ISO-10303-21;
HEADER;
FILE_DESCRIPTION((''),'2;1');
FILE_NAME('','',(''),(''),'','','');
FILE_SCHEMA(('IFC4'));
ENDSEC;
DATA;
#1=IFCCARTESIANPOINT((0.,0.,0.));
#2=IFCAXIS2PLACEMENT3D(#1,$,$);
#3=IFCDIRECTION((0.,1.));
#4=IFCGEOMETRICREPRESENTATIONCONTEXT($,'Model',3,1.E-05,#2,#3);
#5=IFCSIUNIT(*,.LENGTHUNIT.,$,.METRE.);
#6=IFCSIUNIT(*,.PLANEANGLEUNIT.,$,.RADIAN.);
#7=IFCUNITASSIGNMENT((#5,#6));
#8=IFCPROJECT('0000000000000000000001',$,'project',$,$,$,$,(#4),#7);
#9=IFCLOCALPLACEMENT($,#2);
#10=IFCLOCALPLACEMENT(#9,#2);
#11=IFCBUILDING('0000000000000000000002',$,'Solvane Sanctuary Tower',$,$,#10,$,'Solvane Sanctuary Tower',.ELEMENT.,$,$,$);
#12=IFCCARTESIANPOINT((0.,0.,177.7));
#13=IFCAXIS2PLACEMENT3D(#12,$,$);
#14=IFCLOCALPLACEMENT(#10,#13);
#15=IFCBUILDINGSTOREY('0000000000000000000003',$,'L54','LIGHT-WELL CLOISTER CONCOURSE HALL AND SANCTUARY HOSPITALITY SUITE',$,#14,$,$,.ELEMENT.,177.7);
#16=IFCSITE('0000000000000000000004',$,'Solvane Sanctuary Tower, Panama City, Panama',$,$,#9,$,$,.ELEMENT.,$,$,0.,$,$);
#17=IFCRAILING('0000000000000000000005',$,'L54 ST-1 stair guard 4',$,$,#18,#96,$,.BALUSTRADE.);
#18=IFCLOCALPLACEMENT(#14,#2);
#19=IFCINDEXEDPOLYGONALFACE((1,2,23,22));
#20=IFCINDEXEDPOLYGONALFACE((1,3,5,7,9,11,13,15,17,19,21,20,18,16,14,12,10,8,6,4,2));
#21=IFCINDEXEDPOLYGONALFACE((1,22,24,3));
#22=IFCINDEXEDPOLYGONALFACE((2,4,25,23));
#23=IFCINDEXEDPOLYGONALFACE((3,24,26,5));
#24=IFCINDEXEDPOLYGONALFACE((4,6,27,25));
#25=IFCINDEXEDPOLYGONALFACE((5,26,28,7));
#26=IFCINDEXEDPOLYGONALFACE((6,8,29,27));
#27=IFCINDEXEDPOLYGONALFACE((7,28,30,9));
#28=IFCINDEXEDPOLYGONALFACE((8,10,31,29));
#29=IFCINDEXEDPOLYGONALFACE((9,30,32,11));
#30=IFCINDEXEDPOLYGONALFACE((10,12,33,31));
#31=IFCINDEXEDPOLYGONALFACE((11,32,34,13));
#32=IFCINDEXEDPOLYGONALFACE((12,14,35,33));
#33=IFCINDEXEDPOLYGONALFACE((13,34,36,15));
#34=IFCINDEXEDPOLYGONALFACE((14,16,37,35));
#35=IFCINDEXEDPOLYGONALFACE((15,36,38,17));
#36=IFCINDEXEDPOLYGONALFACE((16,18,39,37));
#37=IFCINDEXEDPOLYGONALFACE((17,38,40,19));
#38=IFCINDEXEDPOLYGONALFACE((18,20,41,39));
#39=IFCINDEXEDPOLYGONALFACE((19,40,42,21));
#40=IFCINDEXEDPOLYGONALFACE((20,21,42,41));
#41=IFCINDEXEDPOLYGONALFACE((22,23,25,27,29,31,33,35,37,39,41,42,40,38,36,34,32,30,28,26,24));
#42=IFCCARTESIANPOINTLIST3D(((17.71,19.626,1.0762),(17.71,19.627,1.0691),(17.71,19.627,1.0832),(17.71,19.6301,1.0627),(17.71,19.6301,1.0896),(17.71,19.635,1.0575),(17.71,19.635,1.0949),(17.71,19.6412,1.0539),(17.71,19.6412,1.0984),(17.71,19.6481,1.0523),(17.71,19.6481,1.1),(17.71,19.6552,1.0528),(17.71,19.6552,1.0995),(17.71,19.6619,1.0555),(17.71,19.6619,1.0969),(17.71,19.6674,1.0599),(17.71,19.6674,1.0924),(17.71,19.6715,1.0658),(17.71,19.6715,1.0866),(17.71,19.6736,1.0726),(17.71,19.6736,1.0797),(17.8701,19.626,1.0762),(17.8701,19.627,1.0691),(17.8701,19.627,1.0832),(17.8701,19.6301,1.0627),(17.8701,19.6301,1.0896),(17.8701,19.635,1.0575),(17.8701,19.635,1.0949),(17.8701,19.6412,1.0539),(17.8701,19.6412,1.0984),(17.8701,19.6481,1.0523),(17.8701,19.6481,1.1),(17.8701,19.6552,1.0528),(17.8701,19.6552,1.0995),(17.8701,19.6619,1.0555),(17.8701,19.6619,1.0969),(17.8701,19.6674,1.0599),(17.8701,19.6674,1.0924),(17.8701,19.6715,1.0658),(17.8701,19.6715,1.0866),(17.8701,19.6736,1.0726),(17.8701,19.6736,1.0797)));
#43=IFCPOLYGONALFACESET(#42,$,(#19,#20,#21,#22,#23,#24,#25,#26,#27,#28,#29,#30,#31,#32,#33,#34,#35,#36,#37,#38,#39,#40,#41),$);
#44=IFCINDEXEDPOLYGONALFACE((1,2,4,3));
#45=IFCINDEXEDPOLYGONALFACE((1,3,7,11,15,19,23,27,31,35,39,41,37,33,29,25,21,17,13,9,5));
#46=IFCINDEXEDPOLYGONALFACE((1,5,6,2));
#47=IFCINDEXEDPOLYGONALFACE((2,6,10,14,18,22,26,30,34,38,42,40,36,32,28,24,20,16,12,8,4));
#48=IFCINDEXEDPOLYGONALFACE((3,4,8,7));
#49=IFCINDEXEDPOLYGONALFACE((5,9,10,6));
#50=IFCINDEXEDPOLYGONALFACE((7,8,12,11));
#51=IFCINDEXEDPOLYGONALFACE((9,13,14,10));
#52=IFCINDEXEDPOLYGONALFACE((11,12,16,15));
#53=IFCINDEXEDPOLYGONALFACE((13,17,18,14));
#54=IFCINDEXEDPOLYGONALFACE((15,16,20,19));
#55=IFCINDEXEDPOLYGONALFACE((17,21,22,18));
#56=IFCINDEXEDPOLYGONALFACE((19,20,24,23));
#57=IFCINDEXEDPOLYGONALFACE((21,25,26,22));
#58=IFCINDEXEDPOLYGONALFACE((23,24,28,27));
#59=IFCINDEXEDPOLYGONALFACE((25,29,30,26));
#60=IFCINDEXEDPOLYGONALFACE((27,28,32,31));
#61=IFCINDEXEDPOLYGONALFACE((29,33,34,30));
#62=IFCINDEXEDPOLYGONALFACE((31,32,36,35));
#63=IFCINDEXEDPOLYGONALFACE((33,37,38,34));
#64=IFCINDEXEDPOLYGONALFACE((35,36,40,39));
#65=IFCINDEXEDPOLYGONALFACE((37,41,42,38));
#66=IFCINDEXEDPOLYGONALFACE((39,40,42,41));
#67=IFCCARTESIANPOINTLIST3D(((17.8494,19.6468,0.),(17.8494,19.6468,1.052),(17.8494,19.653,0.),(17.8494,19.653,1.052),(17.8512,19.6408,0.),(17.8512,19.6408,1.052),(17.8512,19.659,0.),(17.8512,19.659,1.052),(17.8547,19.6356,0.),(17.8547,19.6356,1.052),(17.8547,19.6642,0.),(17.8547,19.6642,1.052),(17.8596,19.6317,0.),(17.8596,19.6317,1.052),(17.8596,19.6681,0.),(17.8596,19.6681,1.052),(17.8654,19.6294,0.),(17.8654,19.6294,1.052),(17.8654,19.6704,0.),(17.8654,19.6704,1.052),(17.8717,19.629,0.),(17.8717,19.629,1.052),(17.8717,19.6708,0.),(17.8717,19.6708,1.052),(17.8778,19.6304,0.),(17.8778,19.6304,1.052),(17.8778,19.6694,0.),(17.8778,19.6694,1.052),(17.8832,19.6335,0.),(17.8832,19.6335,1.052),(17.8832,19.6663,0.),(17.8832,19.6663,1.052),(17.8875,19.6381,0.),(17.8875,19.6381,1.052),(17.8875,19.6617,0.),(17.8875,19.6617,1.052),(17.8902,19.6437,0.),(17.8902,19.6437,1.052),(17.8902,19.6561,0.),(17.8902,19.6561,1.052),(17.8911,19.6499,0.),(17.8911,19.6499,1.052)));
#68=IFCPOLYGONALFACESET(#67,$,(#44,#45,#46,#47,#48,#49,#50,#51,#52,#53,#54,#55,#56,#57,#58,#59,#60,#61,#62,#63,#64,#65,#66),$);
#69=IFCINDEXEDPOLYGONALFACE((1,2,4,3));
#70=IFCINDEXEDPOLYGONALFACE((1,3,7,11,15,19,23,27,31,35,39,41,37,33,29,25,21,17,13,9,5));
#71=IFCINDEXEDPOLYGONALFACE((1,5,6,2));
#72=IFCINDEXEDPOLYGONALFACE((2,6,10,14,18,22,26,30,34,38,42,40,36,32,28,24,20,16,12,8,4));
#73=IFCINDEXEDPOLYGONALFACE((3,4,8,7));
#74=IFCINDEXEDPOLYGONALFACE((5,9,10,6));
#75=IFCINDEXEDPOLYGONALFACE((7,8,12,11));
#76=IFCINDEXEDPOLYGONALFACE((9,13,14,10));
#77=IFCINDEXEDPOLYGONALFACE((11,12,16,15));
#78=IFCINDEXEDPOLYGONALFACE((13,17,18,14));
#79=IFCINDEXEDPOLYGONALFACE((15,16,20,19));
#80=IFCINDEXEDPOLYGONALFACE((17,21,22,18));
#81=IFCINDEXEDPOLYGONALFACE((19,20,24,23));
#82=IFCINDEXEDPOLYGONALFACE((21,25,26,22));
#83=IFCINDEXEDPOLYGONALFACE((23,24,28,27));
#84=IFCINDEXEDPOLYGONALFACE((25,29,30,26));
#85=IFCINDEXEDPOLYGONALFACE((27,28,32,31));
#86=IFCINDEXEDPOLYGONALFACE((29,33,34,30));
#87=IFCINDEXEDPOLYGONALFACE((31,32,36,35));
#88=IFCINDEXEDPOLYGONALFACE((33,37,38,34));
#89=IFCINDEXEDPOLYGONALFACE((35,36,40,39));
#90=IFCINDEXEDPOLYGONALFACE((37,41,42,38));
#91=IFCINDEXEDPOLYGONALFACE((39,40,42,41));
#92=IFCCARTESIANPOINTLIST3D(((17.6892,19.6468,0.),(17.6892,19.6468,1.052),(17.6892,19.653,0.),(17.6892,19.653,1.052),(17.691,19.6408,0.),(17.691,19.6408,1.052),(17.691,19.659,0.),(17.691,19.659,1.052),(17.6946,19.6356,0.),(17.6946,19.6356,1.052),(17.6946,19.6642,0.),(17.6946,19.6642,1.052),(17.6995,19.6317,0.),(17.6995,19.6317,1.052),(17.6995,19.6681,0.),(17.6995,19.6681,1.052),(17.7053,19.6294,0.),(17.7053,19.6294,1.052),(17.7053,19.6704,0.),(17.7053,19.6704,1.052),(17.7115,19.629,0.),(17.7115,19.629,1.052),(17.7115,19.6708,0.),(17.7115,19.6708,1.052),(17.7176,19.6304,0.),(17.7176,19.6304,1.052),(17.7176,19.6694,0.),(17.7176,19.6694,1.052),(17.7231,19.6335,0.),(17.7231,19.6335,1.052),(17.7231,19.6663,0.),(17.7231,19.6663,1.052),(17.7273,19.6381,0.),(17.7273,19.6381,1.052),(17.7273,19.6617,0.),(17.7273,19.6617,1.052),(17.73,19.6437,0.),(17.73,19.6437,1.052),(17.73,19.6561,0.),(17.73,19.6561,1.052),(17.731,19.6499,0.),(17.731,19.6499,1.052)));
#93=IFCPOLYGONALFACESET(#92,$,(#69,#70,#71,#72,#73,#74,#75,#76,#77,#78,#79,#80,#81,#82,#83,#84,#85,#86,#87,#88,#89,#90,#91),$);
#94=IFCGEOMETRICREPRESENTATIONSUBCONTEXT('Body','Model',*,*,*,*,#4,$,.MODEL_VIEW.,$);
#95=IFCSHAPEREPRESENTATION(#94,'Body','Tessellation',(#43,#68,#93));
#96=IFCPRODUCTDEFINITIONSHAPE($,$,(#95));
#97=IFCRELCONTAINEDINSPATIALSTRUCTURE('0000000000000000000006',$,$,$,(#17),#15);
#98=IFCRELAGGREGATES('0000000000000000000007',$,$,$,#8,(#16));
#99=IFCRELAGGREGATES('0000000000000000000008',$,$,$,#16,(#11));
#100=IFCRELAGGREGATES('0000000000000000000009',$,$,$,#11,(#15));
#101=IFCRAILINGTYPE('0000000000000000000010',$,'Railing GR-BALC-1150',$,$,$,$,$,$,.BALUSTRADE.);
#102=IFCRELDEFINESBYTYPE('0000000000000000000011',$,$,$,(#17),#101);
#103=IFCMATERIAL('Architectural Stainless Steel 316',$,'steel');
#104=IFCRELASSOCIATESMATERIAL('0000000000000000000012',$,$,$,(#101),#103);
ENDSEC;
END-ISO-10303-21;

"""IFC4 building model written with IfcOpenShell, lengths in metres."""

from ifc_helpers import new_model, si_unit, direction, frame, origin, origin_2d, place, context, subcontext, project, spatial, circle, extrude, material, type_object, element, save


model = new_model("IFC4")

# Units and contexts
model_context = context("Model", 3, precision=1e-05, world=origin(), true_north=direction((0.0, 1.0)))
body_context = subcontext(model_context, "Body", "Model", "MODEL_VIEW")
ifc_project = project(units=[si_unit("LENGTHUNIT", "METRE"), si_unit("PLANEANGLEUNIT", "RADIAN")], contexts=[model_context])

# Site, building, storey
site_placement = place(None, origin())
site = spatial("IfcSite", under=ifc_project, at=site_placement, Name="Solvane Sanctuary Tower, Panama City, Panama", CompositionType="ELEMENT", RefElevation=0.0)
building_placement = place(site_placement, origin())
building = spatial("IfcBuilding", under=site, at=building_placement, Name="Solvane Sanctuary Tower", LongName="Solvane Sanctuary Tower", CompositionType="ELEMENT")
storey_placement = place(building_placement, frame((0.0, 0.0, 177.7)))
storey = spatial("IfcBuildingStorey", under=building, at=storey_placement, Name="L54", Description="LIGHT-WELL CLOISTER CONCOURSE HALL AND SANCTUARY HOSPITALITY SUITE", CompositionType="ELEMENT", Elevation=177.7)

# Shared definitions
ifc_material_1 = material(Name="Architectural Stainless Steel 316", Category="steel")

# Railing
railing_type_1 = type_object("IfcRailingType", Name="Railing GR-BALC-1150", PredefinedType="BALUSTRADE", material=ifc_material_1)
railing_1_placement = place(storey_placement, frame((17.8701, 19.6499, 0.0)))
element("IfcRailing", 1, at=railing_1_placement, inside=storey, type_object=railing_type_1, Name="L54 ST-1 stair guard 4", PredefinedType="BALUSTRADE", context=body_context, shape_type="SweptSolid", body=[
    extrude(circle(Radius=0.0239, at=origin_2d()), frame((0.0, 0.0, 1.0762), z_axis=(-1.0, 0.0, 0.0), x_axis=(0.0, -1.0, 0.0)), (0.0, 0.0, 1.0), 0.1602),
    extrude(circle(Radius=0.021, at=origin_2d()), origin(), (0.0, 0.0, 1.0), 1.052),
    extrude(circle(Radius=0.021, at=origin_2d()), frame((-0.1602, 0.0, 0.0)), (0.0, 0.0, 1.0), 1.052),
])

save(model, "model.ifc")
